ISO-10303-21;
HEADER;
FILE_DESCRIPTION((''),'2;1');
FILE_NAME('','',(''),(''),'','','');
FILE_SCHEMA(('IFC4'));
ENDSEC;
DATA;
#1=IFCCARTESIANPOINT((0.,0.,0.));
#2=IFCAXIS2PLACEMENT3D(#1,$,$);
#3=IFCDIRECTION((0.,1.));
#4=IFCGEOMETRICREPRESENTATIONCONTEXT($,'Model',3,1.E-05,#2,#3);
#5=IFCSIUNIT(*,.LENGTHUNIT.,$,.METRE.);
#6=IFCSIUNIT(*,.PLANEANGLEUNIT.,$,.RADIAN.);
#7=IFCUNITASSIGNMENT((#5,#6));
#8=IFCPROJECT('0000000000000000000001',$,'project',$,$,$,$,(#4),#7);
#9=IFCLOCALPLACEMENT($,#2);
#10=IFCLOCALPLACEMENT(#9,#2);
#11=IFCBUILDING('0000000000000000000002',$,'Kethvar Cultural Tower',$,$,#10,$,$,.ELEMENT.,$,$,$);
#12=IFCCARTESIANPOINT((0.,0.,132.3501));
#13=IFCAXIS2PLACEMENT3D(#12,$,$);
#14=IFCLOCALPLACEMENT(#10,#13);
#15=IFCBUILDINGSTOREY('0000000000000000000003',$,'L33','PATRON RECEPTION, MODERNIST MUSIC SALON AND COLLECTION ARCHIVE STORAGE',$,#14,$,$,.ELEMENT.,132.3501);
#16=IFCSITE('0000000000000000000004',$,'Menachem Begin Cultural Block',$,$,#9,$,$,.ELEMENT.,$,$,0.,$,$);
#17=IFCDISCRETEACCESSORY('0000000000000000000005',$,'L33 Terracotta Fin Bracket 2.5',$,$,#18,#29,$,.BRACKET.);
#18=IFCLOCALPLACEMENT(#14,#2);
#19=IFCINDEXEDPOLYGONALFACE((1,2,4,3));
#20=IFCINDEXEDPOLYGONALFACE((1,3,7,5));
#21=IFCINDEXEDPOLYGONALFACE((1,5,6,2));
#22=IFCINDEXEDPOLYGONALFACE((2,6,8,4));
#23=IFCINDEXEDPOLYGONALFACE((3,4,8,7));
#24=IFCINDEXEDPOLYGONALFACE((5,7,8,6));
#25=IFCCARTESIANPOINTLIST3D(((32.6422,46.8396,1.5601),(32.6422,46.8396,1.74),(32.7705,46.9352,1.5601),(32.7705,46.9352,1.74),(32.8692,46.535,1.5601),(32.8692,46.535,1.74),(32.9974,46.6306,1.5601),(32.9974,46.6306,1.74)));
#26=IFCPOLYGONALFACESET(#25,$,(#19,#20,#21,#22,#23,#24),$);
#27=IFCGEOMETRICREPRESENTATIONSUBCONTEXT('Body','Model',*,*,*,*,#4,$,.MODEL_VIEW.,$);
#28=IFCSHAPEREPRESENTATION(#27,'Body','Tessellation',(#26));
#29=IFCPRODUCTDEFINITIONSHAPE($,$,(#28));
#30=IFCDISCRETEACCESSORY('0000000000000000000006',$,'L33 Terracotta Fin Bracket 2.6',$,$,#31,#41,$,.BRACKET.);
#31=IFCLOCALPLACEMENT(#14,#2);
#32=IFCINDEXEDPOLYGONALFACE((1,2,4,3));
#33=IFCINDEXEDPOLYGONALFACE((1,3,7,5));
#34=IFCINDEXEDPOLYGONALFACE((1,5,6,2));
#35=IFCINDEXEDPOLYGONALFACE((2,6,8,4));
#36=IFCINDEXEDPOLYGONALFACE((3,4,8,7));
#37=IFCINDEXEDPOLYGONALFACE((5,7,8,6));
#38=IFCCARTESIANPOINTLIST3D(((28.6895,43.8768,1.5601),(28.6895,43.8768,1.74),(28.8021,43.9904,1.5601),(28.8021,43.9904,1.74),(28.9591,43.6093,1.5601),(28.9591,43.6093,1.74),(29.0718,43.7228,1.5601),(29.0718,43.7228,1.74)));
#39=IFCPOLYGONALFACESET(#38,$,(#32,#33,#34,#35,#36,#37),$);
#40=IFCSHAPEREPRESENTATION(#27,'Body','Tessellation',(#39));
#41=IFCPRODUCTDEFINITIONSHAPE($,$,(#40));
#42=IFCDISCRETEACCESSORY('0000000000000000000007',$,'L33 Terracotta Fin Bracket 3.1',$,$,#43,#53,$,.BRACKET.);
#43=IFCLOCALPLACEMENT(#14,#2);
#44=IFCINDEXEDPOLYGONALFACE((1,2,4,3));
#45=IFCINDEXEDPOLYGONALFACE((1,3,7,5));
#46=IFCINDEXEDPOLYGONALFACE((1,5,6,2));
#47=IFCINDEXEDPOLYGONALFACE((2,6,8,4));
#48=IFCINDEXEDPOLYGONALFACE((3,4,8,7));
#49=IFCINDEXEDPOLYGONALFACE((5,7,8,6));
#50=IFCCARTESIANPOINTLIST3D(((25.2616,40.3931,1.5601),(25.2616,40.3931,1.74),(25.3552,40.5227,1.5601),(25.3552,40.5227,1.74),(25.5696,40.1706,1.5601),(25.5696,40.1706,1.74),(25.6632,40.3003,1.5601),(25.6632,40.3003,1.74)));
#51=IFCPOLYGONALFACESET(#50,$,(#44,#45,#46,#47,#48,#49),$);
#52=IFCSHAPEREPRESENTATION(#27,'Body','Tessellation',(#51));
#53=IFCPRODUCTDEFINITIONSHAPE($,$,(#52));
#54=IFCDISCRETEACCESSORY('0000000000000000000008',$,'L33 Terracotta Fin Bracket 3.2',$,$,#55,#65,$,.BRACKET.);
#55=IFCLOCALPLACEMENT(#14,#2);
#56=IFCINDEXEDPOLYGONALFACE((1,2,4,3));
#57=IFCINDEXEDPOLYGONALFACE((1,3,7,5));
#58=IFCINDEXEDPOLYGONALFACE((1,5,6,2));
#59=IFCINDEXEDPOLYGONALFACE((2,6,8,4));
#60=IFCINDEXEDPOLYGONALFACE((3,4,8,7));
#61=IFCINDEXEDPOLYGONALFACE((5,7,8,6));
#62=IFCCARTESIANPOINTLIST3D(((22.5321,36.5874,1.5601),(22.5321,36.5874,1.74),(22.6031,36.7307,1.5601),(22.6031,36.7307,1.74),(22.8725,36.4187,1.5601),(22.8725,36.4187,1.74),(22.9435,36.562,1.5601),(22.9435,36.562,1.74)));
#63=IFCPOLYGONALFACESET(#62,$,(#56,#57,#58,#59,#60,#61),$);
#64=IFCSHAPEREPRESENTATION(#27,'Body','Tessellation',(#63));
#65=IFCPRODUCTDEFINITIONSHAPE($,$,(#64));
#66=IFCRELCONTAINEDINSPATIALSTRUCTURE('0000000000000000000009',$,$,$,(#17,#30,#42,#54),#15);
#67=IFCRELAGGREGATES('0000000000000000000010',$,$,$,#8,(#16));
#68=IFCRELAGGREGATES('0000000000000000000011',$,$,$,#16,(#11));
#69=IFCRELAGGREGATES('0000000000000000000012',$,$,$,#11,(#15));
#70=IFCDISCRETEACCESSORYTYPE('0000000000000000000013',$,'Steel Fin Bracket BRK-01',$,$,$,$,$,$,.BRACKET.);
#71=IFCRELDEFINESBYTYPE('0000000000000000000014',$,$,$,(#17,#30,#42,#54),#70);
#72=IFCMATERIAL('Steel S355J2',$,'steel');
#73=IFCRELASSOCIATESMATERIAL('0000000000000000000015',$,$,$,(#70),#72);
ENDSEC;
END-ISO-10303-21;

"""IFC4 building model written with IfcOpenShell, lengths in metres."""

from ifc_helpers import new_model, si_unit, direction, frame, origin, origin_2d, place, context, subcontext, project, spatial, rectangle, extrude, source, transform, mapped, material, type_object, element, save


model = new_model("IFC4")

# Units and contexts
model_context = context("Model", 3, precision=1e-05, world=origin(), true_north=direction((0.0, 1.0)))
body_context = subcontext(model_context, "Body", "Model", "MODEL_VIEW")
ifc_project = project(units=[si_unit("LENGTHUNIT", "METRE"), si_unit("PLANEANGLEUNIT", "RADIAN")], contexts=[model_context])

# Site, building, storey
site_placement = place(None, origin())
site = spatial("IfcSite", under=ifc_project, at=site_placement, Name="Menachem Begin Cultural Block", CompositionType="ELEMENT", RefElevation=0.0)
building_placement = place(site_placement, origin())
building = spatial("IfcBuilding", under=site, at=building_placement, Name="Kethvar Cultural Tower", CompositionType="ELEMENT")
storey_placement = place(building_placement, frame((0.0, 0.0, 132.3501)))
storey = spatial("IfcBuildingStorey", under=building, at=storey_placement, Name="L33", Description="PATRON RECEPTION, MODERNIST MUSIC SALON AND COLLECTION ARCHIVE STORAGE", CompositionType="ELEMENT", Elevation=132.3501)

# Shared definitions
ifc_material_1 = material(Name="Steel S355J2", Category="steel")

# Discrete accessories
discrete_accessory_type = type_object("IfcDiscreteAccessoryType", Name="Steel Fin Bracket BRK-01", PredefinedType="BRACKET", material=ifc_material_1)
shared_shape_1 = source(origin(), body_context, "Body", "SweptSolid", [
    extrude(rectangle(XDim=0.3799, YDim=0.1599, at=origin_2d()), origin(), (0.0, 0.0, 1.0), 0.1799),
])
for number, where, z_axis, x_axis, name in (
    (1, (32.8198, 46.7351, 1.5601), (0.0, 0.0, 1.0), (-0.597485, 0.80188, 0.0), "L33 Terracotta Fin Bracket 2.5"),
    (2, (28.8806, 43.7998, 1.5601), (0.0, 0.0, 1.0), (-0.709817, 0.704386, 0.0), "L33 Terracotta Fin Bracket 2.6"),
    (3, (25.4624, 40.3467, 1.5601), (0.0, 0.0, 1.0), (-0.810655, 0.585524, 0.0), "L33 Terracotta Fin Bracket 3.1"),
    (4, (22.7378, 36.5747, 1.5601), (0.0, 0.0, 1.0), (-0.896022, 0.44401, 0.0), "L33 Terracotta Fin Bracket 3.2"),
):
    element("IfcDiscreteAccessory", number, at=place(storey_placement, frame(where, z_axis=z_axis, x_axis=x_axis)), inside=storey, type_object=discrete_accessory_type, Name=name, PredefinedType="BRACKET", context=body_context, shape_type="MappedRepresentation", body=[
        mapped(shared_shape_1, transform((0.0, 0.0, 0.0), scale=1.0)),
    ])

save(model, "model.ifc")
